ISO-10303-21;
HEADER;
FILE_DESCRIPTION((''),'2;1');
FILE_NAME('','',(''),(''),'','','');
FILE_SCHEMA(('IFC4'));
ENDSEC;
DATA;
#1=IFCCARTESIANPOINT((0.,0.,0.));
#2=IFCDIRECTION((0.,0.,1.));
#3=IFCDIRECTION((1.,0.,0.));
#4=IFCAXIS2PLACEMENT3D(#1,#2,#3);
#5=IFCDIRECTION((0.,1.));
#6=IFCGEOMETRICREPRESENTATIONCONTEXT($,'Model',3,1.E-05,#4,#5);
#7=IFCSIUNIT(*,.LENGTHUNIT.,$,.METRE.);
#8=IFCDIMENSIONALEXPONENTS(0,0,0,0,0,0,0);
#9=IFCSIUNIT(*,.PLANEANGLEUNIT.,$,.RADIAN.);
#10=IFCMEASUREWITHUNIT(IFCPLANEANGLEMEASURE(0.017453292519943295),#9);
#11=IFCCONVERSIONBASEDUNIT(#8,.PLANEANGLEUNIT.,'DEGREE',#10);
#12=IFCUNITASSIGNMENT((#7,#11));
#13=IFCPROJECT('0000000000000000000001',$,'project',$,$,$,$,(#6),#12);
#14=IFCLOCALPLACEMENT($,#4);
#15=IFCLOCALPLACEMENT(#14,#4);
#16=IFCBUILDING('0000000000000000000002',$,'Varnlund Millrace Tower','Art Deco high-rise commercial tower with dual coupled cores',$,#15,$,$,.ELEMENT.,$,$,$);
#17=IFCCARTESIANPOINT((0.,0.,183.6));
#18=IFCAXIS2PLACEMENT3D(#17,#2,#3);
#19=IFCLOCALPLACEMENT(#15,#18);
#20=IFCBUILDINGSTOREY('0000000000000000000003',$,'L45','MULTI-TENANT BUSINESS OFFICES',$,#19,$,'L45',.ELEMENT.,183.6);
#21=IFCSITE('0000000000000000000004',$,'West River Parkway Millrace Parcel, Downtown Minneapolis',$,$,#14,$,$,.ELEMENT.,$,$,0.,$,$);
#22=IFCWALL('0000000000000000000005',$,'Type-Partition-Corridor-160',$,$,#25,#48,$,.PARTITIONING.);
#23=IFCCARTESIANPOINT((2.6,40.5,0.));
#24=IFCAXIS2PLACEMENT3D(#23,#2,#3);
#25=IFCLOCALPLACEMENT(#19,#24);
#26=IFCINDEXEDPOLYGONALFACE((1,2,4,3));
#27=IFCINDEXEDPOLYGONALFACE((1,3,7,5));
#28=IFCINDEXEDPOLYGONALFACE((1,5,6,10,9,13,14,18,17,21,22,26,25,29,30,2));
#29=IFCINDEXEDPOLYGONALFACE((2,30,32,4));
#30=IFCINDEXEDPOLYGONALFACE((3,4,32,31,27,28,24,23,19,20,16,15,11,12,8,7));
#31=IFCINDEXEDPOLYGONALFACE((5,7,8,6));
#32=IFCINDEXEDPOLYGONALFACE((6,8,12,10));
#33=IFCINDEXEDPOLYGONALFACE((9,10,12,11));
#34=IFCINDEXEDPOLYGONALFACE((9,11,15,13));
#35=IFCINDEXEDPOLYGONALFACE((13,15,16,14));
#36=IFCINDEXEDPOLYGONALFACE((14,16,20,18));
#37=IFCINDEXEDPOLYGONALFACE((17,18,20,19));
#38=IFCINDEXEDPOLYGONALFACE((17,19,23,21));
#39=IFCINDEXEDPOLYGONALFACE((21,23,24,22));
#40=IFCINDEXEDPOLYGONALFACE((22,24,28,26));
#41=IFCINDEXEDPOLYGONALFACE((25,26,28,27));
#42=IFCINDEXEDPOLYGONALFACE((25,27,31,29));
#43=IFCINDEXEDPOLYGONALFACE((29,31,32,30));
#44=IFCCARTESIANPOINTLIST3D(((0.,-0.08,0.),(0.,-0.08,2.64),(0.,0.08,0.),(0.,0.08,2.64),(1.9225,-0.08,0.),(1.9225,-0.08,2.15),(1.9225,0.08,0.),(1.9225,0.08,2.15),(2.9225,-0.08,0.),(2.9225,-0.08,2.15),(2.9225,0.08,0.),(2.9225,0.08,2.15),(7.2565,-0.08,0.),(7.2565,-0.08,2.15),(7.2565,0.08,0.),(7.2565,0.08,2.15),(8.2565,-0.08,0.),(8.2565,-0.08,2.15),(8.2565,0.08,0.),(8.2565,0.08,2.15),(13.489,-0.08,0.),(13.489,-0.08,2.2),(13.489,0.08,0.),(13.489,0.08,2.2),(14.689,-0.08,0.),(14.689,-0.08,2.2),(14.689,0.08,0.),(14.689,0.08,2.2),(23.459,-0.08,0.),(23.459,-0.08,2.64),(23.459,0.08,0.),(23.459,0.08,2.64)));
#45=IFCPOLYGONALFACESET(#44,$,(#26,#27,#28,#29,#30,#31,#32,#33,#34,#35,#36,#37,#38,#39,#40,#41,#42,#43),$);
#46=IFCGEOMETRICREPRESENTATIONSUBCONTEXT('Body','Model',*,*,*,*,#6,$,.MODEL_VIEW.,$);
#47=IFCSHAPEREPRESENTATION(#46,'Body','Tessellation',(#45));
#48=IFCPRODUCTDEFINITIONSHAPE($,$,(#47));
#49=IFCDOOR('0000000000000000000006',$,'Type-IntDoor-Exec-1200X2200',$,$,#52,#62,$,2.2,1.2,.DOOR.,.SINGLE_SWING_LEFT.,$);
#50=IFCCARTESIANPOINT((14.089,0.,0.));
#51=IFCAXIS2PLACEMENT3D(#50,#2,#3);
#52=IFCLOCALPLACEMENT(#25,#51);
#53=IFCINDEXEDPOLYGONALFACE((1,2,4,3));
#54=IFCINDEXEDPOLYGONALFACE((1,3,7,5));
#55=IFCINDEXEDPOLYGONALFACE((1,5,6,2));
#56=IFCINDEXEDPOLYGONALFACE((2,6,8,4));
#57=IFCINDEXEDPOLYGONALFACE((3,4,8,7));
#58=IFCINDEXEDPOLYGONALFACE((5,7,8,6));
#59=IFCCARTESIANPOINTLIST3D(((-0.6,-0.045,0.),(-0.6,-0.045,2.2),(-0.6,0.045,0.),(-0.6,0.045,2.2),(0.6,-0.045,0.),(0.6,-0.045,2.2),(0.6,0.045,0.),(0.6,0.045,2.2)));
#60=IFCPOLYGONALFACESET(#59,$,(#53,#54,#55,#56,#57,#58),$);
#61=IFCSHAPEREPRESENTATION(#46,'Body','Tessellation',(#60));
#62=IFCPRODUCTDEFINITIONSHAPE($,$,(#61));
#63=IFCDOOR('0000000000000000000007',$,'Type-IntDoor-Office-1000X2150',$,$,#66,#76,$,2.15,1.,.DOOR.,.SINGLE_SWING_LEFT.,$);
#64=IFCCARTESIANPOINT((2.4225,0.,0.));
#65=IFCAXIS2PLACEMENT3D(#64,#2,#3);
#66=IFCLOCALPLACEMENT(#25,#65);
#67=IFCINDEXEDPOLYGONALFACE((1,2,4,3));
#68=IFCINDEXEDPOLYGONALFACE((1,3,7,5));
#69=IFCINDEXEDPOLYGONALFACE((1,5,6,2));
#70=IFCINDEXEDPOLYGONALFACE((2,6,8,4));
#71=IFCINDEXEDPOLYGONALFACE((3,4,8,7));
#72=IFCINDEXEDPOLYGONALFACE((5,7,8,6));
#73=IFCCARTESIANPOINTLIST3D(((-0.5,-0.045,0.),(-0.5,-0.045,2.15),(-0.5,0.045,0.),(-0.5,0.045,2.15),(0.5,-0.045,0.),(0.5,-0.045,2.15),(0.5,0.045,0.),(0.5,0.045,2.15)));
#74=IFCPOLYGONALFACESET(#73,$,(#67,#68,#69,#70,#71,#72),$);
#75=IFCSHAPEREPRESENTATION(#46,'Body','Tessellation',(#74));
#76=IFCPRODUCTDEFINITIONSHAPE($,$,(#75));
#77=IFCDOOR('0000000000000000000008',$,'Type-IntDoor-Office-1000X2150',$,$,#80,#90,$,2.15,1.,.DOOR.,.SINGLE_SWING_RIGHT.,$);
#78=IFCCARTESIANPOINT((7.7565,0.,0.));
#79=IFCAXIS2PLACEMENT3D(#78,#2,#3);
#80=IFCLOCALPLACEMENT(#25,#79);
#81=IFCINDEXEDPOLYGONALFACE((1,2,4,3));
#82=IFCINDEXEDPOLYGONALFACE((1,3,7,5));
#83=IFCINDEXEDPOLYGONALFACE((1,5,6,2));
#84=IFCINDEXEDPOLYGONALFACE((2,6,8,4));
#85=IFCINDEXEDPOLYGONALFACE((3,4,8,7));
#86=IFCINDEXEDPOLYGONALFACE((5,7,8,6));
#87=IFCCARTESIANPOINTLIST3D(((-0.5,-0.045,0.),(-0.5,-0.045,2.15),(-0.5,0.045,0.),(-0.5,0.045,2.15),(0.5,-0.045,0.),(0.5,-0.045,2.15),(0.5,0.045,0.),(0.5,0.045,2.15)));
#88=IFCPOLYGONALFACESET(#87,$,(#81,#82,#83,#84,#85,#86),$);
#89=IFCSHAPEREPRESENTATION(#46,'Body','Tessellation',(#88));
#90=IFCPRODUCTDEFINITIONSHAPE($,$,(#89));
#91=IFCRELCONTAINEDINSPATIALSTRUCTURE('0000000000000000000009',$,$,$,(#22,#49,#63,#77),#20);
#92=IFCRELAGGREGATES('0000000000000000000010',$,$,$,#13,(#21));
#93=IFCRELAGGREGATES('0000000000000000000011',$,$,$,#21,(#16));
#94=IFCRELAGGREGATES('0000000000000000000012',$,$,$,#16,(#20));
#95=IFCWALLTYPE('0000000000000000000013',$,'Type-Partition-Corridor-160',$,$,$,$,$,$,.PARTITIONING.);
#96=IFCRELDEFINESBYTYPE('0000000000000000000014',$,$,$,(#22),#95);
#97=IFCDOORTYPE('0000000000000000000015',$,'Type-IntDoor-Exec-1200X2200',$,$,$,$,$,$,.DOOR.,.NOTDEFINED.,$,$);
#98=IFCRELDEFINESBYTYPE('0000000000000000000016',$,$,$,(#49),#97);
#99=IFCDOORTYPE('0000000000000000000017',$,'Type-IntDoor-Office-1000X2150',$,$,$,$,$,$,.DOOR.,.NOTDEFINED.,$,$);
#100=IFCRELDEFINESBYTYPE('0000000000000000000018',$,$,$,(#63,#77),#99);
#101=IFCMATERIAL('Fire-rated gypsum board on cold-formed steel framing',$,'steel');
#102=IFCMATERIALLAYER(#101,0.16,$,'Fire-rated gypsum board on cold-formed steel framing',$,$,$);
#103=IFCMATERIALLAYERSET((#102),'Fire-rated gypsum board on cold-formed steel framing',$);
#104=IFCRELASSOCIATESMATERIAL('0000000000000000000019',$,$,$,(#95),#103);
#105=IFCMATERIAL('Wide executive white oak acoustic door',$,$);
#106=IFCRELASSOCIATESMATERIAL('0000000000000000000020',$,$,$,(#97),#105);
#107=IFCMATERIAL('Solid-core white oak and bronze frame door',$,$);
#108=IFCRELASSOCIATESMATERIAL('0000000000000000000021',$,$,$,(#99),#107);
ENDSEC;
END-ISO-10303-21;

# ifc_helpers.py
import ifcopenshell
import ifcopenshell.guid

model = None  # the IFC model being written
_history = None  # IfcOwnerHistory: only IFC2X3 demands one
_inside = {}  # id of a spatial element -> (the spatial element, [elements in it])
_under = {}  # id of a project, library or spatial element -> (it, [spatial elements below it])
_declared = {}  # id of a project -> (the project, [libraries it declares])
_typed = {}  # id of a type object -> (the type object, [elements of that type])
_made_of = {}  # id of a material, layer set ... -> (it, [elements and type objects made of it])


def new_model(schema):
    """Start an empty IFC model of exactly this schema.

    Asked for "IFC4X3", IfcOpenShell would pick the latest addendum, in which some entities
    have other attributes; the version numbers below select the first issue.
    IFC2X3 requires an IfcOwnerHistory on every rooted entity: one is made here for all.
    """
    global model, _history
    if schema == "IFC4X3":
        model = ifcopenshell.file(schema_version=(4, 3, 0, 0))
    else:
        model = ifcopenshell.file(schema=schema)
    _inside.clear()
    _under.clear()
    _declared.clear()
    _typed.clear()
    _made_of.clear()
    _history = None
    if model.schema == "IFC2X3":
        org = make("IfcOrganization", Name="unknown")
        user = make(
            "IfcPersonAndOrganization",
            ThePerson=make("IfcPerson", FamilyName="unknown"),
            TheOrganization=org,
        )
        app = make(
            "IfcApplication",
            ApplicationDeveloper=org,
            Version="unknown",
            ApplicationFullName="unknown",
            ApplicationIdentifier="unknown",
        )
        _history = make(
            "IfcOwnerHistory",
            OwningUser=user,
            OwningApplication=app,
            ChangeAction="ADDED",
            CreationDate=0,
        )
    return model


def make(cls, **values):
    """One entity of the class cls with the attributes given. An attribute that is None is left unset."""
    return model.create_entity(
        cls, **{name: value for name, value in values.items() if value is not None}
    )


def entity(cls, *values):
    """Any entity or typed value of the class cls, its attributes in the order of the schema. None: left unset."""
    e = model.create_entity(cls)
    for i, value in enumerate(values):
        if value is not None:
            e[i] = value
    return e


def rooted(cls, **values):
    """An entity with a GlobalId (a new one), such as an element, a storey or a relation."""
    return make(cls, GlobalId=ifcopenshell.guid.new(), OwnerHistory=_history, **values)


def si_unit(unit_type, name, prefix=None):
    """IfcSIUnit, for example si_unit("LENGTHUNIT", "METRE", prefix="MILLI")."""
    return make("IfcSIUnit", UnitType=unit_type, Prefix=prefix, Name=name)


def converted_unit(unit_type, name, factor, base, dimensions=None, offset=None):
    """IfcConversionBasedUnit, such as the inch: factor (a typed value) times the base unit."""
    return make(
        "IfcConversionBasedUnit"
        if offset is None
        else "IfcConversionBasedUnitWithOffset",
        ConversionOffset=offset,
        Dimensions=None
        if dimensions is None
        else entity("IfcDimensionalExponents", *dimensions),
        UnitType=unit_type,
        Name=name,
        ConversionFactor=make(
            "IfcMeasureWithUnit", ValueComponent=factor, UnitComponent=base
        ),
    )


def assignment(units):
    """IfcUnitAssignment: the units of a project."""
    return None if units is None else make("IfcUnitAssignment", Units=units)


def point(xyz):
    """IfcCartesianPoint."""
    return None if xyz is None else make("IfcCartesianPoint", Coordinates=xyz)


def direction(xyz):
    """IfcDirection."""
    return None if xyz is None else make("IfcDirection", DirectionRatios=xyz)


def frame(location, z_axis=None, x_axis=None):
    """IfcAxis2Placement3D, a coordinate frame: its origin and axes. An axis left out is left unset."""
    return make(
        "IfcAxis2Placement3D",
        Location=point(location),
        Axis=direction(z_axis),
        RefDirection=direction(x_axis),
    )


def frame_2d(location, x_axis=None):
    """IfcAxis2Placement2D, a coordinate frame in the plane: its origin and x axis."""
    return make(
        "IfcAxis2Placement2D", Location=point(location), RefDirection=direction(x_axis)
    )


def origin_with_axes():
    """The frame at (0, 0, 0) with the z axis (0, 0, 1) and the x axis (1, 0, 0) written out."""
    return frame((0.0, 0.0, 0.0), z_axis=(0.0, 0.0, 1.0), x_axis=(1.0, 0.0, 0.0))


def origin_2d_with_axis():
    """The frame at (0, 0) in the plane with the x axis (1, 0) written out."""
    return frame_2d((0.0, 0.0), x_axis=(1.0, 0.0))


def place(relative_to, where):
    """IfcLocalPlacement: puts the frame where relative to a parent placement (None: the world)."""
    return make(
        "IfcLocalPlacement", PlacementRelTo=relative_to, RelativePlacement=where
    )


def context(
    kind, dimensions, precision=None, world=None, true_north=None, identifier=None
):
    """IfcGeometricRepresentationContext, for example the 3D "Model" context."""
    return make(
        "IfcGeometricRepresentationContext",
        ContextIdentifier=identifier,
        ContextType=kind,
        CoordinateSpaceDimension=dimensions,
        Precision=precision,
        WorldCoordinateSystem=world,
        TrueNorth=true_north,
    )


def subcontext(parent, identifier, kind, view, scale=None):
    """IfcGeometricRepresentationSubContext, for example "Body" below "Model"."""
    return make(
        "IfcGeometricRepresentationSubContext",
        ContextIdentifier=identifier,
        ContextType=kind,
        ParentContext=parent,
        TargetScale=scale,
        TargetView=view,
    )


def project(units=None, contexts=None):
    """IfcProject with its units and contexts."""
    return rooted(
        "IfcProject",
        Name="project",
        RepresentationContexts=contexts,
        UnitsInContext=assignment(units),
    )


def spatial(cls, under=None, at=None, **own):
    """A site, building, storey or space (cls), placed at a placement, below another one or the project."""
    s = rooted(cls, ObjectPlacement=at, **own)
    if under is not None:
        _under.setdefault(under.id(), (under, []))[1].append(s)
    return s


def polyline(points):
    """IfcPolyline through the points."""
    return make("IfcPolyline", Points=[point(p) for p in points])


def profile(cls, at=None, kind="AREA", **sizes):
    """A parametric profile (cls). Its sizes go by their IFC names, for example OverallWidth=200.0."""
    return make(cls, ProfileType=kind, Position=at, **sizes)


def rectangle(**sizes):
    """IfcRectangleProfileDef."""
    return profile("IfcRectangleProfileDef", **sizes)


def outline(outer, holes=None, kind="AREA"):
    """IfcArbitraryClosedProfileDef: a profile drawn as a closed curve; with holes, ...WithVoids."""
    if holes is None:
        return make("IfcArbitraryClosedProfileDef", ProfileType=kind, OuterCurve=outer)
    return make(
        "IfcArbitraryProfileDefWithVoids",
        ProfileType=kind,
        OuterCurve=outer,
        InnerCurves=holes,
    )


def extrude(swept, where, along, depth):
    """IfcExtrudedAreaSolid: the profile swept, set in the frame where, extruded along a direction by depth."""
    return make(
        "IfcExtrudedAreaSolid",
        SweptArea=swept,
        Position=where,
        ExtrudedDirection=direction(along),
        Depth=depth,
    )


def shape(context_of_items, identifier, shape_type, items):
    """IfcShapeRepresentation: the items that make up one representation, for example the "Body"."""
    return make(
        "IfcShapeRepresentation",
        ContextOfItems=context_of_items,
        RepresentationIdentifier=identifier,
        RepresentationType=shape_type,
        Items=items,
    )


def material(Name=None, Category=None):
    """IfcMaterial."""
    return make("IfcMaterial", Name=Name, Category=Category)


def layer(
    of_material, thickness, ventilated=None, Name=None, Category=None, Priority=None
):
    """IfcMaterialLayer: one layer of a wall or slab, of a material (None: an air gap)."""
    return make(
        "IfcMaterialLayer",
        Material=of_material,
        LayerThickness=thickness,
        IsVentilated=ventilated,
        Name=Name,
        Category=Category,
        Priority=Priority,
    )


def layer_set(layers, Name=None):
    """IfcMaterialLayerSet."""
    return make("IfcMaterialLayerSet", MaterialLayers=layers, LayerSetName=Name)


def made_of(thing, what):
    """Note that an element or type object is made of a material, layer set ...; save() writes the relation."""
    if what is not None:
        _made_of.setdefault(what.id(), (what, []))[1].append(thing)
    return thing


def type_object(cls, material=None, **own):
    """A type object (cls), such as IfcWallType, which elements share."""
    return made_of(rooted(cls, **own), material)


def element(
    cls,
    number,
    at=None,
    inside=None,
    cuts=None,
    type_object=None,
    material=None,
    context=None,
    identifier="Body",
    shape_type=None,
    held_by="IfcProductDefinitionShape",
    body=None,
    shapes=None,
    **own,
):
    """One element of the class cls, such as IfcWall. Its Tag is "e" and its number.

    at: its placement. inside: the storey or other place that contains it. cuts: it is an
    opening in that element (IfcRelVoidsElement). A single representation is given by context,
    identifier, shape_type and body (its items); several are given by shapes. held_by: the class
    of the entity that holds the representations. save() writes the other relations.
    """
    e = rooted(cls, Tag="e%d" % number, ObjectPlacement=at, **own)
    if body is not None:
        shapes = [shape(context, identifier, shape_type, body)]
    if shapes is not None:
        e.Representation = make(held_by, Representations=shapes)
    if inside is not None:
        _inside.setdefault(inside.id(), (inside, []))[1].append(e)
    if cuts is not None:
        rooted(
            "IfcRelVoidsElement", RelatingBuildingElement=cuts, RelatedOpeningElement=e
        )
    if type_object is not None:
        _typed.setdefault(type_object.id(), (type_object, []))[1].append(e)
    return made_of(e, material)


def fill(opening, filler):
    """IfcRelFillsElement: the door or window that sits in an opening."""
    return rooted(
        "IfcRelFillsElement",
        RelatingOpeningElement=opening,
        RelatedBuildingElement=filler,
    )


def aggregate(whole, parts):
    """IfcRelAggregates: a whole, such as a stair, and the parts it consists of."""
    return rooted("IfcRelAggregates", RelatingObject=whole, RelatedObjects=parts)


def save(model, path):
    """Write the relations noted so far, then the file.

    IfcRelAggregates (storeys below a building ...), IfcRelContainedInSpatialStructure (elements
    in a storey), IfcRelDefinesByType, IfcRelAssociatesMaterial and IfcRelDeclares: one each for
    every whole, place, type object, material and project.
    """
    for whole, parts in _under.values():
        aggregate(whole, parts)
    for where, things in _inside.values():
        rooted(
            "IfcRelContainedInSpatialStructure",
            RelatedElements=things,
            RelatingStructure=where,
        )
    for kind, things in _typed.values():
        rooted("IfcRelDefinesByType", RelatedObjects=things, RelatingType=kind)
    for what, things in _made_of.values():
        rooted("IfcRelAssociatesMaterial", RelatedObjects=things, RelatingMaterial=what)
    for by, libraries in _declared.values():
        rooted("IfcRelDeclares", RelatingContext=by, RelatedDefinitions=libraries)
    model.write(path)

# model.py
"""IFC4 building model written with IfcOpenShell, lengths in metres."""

from ifc_helpers import new_model, entity, si_unit, converted_unit, direction, frame, origin_with_axes, origin_2d_with_axis, place, context, subcontext, project, spatial, polyline, rectangle, outline, extrude, material, layer, layer_set, type_object, element, fill, save


model = new_model("IFC4")

# Units and contexts
model_context = context("Model", 3, precision=1e-05, world=origin_with_axes(), true_north=direction((0.0, 1.0)))
body_context = subcontext(model_context, "Body", "Model", "MODEL_VIEW")
ifc_project = project(units=[si_unit("LENGTHUNIT", "METRE"), converted_unit("PLANEANGLEUNIT", "DEGREE", entity("IfcPlaneAngleMeasure", 0.017453292519943295), si_unit("PLANEANGLEUNIT", "RADIAN"), dimensions=[0, 0, 0, 0, 0, 0, 0])], contexts=[model_context])

# Site, building, storey
site_placement = place(None, origin_with_axes())
site = spatial("IfcSite", under=ifc_project, at=site_placement, Name="West River Parkway Millrace Parcel, Downtown Minneapolis", CompositionType="ELEMENT", RefElevation=0.0)
building_placement = place(site_placement, origin_with_axes())
building = spatial("IfcBuilding", under=site, at=building_placement, Name="Varnlund Millrace Tower", Description="Art Deco high-rise commercial tower with dual coupled cores", CompositionType="ELEMENT")
storey_placement = place(building_placement, frame((0.0, 0.0, 183.6), z_axis=(0.0, 0.0, 1.0), x_axis=(1.0, 0.0, 0.0)))
storey = spatial("IfcBuildingStorey", under=building, at=storey_placement, Name="L45", Description="MULTI-TENANT BUSINESS OFFICES", LongName="L45", CompositionType="ELEMENT", Elevation=183.6)

# Shared definitions
ifc_material_1 = material(Name="Fire-rated gypsum board on cold-formed steel framing", Category="steel")
ifc_layer_1 = layer(ifc_material_1, 0.16, Name="Fire-rated gypsum board on cold-formed steel framing")
ifc_layer_set_1 = layer_set([ifc_layer_1], Name="Fire-rated gypsum board on cold-formed steel framing")
wall_type_1 = type_object("IfcWallType", Name="Type-Partition-Corridor-160", PredefinedType="PARTITIONING", material=ifc_layer_set_1)

# Wall, openings, doors
wall_1_placement = place(storey_placement, frame((2.6, 40.5, 0.0), z_axis=(0.0, 0.0, 1.0), x_axis=(1.0, 0.0, 0.0)))
wall_1 = element("IfcWall", 1, at=wall_1_placement, inside=storey, type_object=wall_type_1, Name="Type-Partition-Corridor-160", PredefinedType="PARTITIONING", context=body_context, shape_type="SweptSolid", body=[
    extrude(outline(polyline([(0.0, -0.08), (23.459, -0.08), (23.459, 0.08), (0.0, 0.08), (0.0, -0.08)])), origin_with_axes(), (0.0, 0.0, 1.0), 2.64),
])
opening_1_placement = place(wall_1_placement, frame((2.4225, 0.0, 0.0), z_axis=(0.0, 0.0, 1.0), x_axis=(1.0, 0.0, 0.0)))
opening_1 = element("IfcOpeningElement", 2, at=opening_1_placement, cuts=wall_1, PredefinedType="OPENING", context=body_context, shape_type="SweptSolid", body=[
    extrude(rectangle(XDim=1.0, YDim=0.18, at=origin_2d_with_axis()), origin_with_axes(), (0.0, 0.0, 1.0), 2.15),
])
opening_2_placement = place(wall_1_placement, frame((7.7565, 0.0, 0.0), z_axis=(0.0, 0.0, 1.0), x_axis=(1.0, 0.0, 0.0)))
opening_2 = element("IfcOpeningElement", 3, at=opening_2_placement, cuts=wall_1, PredefinedType="OPENING", context=body_context, shape_type="SweptSolid", body=[
    extrude(rectangle(XDim=1.0, YDim=0.18, at=origin_2d_with_axis()), origin_with_axes(), (0.0, 0.0, 1.0), 2.15),
])
opening_3_placement = place(wall_1_placement, frame((14.089, 0.0, 0.0), z_axis=(0.0, 0.0, 1.0), x_axis=(1.0, 0.0, 0.0)))
opening_3 = element("IfcOpeningElement", 4, at=opening_3_placement, cuts=wall_1, PredefinedType="OPENING", context=body_context, shape_type="SweptSolid", body=[
    extrude(rectangle(XDim=1.2, YDim=0.18, at=origin_2d_with_axis()), origin_with_axes(), (0.0, 0.0, 1.0), 2.2),
])
ifc_material_2 = material(Name="Wide executive white oak acoustic door")
door_type_1 = type_object("IfcDoorType", Name="Type-IntDoor-Exec-1200X2200", OperationType="NOTDEFINED", PredefinedType="DOOR", material=ifc_material_2)
door_1_placement = place(wall_1_placement, frame((14.089, 0.0, 0.0), z_axis=(0.0, 0.0, 1.0), x_axis=(1.0, 0.0, 0.0)))
door_1 = element("IfcDoor", 5, at=door_1_placement, inside=storey, type_object=door_type_1, Name="Type-IntDoor-Exec-1200X2200", OperationType="SINGLE_SWING_LEFT", OverallHeight=2.2, OverallWidth=1.2, PredefinedType="DOOR", context=body_context, shape_type="SweptSolid", body=[
    extrude(rectangle(XDim=1.2, YDim=0.09, at=origin_2d_with_axis()), origin_with_axes(), (0.0, 0.0, 1.0), 2.2),
])
fill(opening_3, door_1)
ifc_material_3 = material(Name="Solid-core white oak and bronze frame door")
door_type_2 = type_object("IfcDoorType", Name="Type-IntDoor-Office-1000X2150", OperationType="NOTDEFINED", PredefinedType="DOOR", material=ifc_material_3)
door_2_placement = place(wall_1_placement, frame((2.4225, 0.0, 0.0), z_axis=(0.0, 0.0, 1.0), x_axis=(1.0, 0.0, 0.0)))
door_2 = element("IfcDoor", 6, at=door_2_placement, inside=storey, type_object=door_type_2, Name="Type-IntDoor-Office-1000X2150", OperationType="SINGLE_SWING_LEFT", OverallHeight=2.15, OverallWidth=1.0, PredefinedType="DOOR", context=body_context, shape_type="SweptSolid", body=[
    extrude(rectangle(XDim=1.0, YDim=0.09, at=origin_2d_with_axis()), origin_with_axes(), (0.0, 0.0, 1.0), 2.15),
])
fill(opening_1, door_2)
door_3_placement = place(wall_1_placement, frame((7.7565, 0.0, 0.0), z_axis=(0.0, 0.0, 1.0), x_axis=(1.0, 0.0, 0.0)))
door_3 = element("IfcDoor", 7, at=door_3_placement, inside=storey, type_object=door_type_2, Name="Type-IntDoor-Office-1000X2150", OperationType="SINGLE_SWING_RIGHT", OverallHeight=2.15, OverallWidth=1.0, PredefinedType="DOOR", context=body_context, shape_type="SweptSolid", body=[
    extrude(rectangle(XDim=1.0, YDim=0.09, at=origin_2d_with_axis()), origin_with_axes(), (0.0, 0.0, 1.0), 2.15),
])
fill(opening_2, door_3)

save(model, "model.ifc")
